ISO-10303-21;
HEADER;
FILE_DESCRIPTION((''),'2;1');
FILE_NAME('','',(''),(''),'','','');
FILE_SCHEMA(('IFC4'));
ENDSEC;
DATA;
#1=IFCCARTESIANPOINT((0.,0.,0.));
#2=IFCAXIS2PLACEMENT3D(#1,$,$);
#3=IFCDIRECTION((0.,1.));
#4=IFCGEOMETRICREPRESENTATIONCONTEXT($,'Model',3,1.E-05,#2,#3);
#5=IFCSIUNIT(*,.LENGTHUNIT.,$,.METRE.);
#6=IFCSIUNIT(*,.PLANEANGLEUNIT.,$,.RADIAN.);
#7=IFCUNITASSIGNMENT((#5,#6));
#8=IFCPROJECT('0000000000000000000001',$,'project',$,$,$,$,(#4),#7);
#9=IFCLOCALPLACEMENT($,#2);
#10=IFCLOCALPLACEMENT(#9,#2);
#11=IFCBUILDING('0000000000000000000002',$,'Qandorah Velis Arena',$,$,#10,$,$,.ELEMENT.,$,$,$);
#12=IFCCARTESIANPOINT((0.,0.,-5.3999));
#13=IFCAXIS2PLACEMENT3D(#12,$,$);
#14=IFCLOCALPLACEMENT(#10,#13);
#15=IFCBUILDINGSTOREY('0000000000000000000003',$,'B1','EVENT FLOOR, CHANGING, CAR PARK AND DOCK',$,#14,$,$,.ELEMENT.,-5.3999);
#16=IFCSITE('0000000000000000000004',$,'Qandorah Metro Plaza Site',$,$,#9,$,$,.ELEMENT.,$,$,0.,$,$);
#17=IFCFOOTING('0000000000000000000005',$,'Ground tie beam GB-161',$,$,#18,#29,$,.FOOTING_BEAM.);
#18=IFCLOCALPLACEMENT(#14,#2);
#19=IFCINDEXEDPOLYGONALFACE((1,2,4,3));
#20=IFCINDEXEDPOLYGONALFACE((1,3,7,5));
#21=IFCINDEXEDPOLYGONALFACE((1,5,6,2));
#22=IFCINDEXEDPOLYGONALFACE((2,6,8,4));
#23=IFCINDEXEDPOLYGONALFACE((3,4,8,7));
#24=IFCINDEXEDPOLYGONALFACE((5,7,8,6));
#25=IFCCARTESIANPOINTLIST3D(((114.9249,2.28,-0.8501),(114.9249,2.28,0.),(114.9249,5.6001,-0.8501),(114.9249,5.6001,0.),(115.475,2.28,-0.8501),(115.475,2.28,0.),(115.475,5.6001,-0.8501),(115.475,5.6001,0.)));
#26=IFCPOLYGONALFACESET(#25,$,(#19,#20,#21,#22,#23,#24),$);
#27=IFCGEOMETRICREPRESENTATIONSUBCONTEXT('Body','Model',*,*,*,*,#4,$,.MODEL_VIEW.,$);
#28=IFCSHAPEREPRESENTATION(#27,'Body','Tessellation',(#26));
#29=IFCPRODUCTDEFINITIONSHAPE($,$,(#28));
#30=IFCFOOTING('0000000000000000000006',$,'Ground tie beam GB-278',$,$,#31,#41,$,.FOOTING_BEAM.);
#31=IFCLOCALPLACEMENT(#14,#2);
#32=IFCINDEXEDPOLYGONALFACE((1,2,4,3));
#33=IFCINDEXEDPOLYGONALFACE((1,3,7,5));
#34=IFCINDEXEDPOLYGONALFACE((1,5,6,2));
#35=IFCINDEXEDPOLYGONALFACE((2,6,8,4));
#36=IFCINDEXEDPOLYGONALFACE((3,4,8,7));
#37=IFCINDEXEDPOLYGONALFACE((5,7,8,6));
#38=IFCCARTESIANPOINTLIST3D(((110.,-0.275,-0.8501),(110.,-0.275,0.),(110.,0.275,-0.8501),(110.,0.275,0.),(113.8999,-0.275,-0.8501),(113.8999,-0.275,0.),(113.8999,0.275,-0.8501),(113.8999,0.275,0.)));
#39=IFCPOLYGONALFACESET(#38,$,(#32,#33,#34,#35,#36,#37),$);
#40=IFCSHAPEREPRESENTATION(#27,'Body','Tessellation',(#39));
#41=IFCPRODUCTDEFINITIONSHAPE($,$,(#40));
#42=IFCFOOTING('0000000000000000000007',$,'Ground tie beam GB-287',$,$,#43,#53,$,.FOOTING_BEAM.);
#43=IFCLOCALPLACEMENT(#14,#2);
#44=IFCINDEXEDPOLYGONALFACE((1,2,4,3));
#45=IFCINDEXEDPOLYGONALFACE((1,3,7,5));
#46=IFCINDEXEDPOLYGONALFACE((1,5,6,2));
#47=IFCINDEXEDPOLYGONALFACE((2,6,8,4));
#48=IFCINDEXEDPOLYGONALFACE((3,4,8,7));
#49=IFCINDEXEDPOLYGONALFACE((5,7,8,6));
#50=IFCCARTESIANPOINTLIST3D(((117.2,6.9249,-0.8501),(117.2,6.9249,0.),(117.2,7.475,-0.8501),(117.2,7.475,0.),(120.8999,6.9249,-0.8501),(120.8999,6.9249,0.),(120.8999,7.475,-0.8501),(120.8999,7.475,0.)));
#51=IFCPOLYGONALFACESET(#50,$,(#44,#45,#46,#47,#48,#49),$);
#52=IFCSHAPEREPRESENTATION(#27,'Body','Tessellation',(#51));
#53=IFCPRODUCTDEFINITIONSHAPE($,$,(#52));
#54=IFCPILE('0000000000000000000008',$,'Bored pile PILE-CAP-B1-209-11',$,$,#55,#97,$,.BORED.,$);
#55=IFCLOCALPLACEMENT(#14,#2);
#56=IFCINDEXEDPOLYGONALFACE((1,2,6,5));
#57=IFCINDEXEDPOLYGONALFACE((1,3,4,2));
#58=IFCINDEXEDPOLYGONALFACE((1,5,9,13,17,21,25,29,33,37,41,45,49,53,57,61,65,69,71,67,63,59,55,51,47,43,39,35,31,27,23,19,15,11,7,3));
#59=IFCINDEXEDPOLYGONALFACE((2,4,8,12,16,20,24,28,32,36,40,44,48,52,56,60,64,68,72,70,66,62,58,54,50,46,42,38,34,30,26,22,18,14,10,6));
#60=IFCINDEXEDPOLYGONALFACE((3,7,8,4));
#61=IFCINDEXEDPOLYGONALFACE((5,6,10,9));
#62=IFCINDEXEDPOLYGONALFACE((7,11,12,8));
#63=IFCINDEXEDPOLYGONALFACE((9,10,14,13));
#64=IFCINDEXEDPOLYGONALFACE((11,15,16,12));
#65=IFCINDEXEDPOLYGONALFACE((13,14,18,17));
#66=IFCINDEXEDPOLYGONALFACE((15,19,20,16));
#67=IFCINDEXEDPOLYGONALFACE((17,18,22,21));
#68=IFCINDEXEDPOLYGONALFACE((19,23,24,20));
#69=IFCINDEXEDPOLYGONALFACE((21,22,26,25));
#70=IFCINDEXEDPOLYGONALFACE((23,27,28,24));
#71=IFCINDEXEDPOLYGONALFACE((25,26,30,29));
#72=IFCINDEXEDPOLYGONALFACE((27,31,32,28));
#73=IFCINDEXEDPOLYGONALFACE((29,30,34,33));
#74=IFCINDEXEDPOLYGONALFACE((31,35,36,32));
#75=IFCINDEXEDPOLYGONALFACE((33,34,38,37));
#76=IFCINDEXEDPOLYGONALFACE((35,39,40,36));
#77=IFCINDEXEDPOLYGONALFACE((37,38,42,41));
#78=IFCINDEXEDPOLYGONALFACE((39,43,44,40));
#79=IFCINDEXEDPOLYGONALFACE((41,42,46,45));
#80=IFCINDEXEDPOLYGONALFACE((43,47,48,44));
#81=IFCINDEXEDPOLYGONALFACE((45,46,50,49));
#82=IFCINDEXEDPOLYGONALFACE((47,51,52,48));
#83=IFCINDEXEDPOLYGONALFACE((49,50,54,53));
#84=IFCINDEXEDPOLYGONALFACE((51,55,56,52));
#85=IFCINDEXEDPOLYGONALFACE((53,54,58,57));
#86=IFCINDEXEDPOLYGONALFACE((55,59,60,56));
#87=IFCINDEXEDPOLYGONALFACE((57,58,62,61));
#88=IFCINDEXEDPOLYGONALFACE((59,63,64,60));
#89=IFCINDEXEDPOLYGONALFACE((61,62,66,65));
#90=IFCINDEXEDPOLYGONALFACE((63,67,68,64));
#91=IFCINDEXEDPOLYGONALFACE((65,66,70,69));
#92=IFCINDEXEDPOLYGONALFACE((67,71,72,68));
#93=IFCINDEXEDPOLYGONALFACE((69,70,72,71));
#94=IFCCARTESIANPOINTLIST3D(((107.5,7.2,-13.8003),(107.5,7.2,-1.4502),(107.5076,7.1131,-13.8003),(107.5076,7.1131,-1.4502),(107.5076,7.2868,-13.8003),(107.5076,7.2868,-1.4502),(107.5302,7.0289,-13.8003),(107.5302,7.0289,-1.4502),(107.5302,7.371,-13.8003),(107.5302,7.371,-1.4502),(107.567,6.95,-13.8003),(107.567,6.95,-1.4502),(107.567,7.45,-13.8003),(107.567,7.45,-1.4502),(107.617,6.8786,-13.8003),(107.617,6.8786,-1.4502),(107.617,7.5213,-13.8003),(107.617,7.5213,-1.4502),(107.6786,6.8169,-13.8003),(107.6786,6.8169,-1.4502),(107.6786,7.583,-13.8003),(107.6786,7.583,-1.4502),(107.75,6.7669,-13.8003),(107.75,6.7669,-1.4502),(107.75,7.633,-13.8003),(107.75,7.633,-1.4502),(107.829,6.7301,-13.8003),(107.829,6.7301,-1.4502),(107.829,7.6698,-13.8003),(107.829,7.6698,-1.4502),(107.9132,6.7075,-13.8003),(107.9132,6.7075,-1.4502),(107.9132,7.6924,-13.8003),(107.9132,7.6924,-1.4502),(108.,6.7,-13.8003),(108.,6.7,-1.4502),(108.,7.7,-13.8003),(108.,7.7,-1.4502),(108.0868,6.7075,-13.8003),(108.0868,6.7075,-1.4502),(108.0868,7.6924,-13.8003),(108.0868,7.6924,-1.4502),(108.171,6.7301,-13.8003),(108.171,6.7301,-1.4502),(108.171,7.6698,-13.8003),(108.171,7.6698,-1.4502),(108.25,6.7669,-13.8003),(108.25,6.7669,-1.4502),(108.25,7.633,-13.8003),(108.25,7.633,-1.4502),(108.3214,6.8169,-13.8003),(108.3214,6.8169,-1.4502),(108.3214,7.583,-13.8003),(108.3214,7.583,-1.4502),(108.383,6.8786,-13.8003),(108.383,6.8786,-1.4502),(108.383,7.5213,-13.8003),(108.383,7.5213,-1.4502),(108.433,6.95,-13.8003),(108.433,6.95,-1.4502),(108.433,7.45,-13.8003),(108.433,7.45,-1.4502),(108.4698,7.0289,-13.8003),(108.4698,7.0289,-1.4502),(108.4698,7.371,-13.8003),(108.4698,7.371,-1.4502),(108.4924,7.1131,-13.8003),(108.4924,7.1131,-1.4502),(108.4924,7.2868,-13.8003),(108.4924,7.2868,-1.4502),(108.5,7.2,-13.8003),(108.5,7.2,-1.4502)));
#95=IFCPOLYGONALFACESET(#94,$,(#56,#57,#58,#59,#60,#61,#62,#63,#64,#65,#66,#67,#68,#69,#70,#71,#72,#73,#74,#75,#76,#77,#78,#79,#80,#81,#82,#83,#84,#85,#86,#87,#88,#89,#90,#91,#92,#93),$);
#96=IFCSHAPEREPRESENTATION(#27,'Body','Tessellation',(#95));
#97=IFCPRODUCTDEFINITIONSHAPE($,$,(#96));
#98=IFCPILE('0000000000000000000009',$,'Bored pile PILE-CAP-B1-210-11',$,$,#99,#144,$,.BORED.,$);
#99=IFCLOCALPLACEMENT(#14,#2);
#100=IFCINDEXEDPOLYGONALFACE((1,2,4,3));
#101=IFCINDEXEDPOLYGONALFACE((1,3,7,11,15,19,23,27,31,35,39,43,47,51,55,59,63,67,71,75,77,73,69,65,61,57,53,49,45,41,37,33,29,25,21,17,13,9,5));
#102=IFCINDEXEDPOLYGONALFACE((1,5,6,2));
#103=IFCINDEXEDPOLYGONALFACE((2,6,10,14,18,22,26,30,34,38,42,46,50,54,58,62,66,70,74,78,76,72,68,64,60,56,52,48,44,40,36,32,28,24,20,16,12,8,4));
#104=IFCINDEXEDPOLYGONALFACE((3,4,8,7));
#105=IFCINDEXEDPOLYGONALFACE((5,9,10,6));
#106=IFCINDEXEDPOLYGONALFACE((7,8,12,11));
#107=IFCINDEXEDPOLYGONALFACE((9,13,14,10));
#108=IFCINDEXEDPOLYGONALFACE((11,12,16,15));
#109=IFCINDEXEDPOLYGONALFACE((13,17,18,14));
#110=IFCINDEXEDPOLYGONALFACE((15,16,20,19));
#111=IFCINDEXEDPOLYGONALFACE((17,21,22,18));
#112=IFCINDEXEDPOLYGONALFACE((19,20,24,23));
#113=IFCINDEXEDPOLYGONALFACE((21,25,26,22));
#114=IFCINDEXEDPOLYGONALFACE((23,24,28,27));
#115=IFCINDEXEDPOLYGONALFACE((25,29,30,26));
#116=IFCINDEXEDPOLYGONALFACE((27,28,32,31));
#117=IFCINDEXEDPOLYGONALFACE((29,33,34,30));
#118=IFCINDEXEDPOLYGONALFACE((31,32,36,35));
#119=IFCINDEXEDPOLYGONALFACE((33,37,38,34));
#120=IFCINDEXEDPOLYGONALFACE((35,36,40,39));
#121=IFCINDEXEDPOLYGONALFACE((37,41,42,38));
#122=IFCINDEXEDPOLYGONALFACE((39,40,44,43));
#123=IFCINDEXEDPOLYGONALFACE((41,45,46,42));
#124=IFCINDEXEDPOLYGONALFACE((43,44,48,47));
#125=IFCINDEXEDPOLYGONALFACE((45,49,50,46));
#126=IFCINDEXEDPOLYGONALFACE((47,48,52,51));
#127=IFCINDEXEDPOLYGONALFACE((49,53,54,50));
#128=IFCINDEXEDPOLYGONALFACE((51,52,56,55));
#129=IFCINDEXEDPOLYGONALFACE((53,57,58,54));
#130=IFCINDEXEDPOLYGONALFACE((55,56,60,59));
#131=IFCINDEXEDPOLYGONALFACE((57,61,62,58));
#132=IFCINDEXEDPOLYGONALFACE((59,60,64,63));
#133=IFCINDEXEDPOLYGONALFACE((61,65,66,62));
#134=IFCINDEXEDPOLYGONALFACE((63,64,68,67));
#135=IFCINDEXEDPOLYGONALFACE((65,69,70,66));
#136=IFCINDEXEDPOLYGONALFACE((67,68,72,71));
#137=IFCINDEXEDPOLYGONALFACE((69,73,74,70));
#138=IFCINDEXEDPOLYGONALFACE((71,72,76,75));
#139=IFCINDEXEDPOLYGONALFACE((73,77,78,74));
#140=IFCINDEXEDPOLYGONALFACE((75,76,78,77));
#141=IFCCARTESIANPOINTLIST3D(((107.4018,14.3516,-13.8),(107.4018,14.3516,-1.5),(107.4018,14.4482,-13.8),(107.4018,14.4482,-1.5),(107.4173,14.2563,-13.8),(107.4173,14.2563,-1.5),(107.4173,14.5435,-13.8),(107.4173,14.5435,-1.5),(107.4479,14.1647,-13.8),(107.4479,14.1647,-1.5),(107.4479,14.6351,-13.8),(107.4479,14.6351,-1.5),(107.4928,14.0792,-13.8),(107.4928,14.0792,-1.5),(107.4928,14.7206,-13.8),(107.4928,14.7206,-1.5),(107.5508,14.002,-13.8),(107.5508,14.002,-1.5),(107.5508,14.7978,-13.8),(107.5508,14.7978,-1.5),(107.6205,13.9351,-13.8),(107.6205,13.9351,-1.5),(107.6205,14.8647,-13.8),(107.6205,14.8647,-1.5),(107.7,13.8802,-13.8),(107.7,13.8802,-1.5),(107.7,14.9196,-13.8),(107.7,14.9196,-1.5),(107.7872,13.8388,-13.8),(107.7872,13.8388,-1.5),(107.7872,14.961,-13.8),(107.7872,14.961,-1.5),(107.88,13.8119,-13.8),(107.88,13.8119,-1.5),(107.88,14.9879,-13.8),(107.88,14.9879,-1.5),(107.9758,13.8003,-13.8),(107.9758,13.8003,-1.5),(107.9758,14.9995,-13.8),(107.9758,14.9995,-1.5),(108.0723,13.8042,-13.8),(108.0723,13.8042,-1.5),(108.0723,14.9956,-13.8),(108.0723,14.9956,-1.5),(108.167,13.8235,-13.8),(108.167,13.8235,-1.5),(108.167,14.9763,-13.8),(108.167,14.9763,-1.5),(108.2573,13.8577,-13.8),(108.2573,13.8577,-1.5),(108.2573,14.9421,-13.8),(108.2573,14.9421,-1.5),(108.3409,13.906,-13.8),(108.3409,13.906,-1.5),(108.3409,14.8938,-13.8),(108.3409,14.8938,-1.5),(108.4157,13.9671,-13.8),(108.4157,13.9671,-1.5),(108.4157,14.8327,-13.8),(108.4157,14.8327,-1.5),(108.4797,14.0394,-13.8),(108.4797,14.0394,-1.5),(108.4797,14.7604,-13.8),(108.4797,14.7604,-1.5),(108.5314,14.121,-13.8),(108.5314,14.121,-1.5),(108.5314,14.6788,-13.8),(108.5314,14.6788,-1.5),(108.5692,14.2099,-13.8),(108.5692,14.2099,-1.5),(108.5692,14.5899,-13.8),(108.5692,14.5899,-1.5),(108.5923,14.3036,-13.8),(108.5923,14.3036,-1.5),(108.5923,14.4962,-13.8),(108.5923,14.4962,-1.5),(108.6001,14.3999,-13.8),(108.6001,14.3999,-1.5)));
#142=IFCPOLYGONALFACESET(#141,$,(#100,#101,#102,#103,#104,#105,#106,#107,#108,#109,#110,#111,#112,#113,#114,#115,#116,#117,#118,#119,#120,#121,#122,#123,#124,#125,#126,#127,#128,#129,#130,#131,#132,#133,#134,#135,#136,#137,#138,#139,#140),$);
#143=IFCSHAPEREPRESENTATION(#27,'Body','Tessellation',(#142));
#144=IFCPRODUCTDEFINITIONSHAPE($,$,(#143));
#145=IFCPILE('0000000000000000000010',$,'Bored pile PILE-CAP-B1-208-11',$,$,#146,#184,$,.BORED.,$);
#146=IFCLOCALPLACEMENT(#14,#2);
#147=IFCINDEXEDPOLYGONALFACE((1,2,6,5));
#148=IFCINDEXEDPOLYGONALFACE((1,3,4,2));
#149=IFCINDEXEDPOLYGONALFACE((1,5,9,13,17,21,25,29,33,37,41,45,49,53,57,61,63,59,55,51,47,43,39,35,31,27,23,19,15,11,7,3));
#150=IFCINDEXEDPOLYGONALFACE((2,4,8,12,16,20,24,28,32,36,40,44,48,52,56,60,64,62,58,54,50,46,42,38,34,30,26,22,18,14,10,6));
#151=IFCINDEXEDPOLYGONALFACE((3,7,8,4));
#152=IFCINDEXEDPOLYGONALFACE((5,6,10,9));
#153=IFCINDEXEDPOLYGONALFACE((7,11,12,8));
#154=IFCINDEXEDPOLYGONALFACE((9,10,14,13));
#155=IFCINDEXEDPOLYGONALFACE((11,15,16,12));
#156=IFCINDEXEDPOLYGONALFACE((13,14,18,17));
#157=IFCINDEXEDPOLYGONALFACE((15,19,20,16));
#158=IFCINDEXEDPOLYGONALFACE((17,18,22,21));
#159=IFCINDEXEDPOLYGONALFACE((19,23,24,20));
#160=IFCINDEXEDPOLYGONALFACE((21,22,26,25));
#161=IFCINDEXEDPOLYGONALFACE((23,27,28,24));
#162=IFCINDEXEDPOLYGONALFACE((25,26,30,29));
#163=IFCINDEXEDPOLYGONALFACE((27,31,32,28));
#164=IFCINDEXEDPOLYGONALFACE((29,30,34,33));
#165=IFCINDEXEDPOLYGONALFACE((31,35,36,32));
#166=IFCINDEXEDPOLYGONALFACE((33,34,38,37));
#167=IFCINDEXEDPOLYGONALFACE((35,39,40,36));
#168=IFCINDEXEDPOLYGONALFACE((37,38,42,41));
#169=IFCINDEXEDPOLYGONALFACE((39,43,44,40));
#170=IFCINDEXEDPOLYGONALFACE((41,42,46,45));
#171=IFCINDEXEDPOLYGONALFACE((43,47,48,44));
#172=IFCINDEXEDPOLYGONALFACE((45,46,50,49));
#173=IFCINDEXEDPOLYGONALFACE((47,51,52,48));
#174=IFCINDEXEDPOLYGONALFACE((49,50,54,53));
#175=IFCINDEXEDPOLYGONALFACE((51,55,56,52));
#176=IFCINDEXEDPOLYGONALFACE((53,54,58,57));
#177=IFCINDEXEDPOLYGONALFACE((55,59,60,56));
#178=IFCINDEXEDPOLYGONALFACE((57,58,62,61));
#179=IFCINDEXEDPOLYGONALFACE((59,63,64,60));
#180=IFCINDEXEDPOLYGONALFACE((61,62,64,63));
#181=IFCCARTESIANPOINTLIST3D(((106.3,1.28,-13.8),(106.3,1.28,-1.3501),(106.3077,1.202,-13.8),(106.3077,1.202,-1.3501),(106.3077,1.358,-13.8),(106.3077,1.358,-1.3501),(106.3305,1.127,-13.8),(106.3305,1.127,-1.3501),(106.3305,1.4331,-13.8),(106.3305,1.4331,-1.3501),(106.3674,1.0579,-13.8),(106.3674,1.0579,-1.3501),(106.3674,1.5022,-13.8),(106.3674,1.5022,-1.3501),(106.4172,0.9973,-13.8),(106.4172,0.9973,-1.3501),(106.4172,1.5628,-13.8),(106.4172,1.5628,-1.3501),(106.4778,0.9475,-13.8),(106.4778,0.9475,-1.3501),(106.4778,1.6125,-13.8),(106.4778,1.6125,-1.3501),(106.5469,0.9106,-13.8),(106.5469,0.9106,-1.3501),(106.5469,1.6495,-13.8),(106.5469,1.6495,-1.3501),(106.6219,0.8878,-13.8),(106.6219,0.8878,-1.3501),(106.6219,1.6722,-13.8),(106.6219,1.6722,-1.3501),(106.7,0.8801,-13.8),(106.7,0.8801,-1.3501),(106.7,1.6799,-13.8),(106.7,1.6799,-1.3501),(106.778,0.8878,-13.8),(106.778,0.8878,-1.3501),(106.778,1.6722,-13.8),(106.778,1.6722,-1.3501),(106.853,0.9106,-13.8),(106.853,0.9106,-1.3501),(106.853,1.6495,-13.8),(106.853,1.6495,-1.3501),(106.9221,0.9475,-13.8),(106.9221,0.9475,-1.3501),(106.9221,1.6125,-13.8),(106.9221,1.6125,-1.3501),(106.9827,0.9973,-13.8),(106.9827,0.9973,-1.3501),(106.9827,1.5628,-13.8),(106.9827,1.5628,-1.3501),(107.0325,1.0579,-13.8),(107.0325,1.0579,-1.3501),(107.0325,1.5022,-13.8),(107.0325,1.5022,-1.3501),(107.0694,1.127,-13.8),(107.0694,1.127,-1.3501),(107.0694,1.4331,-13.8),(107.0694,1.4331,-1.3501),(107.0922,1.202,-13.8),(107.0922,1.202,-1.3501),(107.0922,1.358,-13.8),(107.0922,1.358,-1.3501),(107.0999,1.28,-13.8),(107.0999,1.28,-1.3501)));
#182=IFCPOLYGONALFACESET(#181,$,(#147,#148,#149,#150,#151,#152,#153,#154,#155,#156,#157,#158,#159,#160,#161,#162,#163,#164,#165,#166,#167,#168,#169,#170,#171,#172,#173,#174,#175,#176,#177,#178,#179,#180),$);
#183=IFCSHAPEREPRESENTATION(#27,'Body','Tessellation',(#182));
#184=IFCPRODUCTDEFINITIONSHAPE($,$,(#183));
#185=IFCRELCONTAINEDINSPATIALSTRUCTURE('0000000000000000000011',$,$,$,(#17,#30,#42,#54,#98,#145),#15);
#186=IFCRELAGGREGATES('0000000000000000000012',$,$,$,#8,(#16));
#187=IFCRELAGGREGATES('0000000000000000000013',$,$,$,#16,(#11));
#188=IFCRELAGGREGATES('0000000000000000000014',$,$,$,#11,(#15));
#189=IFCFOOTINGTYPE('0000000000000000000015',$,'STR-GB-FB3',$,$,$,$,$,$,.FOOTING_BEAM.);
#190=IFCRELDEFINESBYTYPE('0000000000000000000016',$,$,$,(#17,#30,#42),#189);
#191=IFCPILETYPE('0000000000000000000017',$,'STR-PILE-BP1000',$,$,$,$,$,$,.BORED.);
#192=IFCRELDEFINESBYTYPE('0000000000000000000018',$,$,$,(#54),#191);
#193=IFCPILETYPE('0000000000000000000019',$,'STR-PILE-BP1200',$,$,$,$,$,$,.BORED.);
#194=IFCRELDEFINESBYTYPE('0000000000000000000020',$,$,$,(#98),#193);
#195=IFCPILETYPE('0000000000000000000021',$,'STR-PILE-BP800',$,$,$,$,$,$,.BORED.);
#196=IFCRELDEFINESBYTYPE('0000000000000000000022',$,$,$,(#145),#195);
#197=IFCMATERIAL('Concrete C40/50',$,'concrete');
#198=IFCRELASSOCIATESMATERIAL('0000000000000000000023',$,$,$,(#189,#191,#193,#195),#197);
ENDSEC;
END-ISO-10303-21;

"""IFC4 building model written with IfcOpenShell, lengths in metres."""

from ifc_helpers import new_model, si_unit, direction, frame, origin, origin_2d, place, context, subcontext, project, spatial, rectangle, circle, extrude, material, material_profile, profile_set, type_object, element, save


model = new_model("IFC4")

# Units and contexts
model_context = context("Model", 3, precision=1e-05, world=origin(), true_north=direction((0.0, 1.0)))
body_context = subcontext(model_context, "Body", "Model", "MODEL_VIEW")
ifc_project = project(units=[si_unit("LENGTHUNIT", "METRE"), si_unit("PLANEANGLEUNIT", "RADIAN")], contexts=[model_context])

# Site, building, storey
site_placement = place(None, origin())
site = spatial("IfcSite", under=ifc_project, at=site_placement, Name="Qandorah Metro Plaza Site", CompositionType="ELEMENT", RefElevation=0.0)
building_placement = place(site_placement, origin())
building = spatial("IfcBuilding", under=site, at=building_placement, Name="Qandorah Velis Arena", CompositionType="ELEMENT")
storey_placement = place(building_placement, frame((0.0, 0.0, -5.3999)))
storey = spatial("IfcBuildingStorey", under=building, at=storey_placement, Name="B1", Description="EVENT FLOOR, CHANGING, CAR PARK AND DOCK", CompositionType="ELEMENT", Elevation=-5.3999)

# Footings
ifc_material_1 = material(Name="Concrete C40/50", Category="concrete")
ifc_material_profile_1 = material_profile(ifc_material_1, rectangle(XDim=0.55, YDim=0.8501, at=origin_2d()), Name="GB3 550x850")
ifc_profile_set_1 = profile_set([ifc_material_profile_1], Name="Concrete C40/50")
footing_type_1 = type_object("IfcFootingType", Name="STR-GB-FB3", PredefinedType="FOOTING_BEAM", material=ifc_profile_set_1)
footing_1_placement = place(storey_placement, frame((115.2, 2.28, -0.425), z_axis=(0.0, 1.0, 0.0), x_axis=(-1.0, 0.0, 0.0)))
element("IfcFooting", 1, at=footing_1_placement, inside=storey, type_object=footing_type_1, Name="Ground tie beam GB-161", PredefinedType="FOOTING_BEAM", context=body_context, shape_type="SweptSolid", body=[
    extrude(rectangle(XDim=0.55, YDim=0.8501, at=origin_2d()), origin(), (0.0, 0.0, 1.0), 3.3201),
])
footing_2_placement = place(storey_placement, frame((110.0, 0.0, -0.425), z_axis=(1.0, 0.0, 0.0), x_axis=(0.0, 1.0, 0.0)))
element("IfcFooting", 2, at=footing_2_placement, inside=storey, type_object=footing_type_1, Name="Ground tie beam GB-278", PredefinedType="FOOTING_BEAM", context=body_context, shape_type="SweptSolid", body=[
    extrude(rectangle(XDim=0.55, YDim=0.8501, at=origin_2d()), origin(), (0.0, 0.0, 1.0), 3.8999),
])
footing_3_placement = place(storey_placement, frame((117.2, 7.2, -0.425), z_axis=(1.0, 0.0, 0.0), x_axis=(0.0, 1.0, 0.0)))
element("IfcFooting", 3, at=footing_3_placement, inside=storey, type_object=footing_type_1, Name="Ground tie beam GB-287", PredefinedType="FOOTING_BEAM", context=body_context, shape_type="SweptSolid", body=[
    extrude(rectangle(XDim=0.55, YDim=0.8501, at=origin_2d()), origin(), (0.0, 0.0, 1.0), 3.7),
])

# Piles
ifc_material_profile_2 = material_profile(ifc_material_1, circle(Radius=0.5, at=origin_2d()), Name="BORED PILE D1000")
ifc_profile_set_2 = profile_set([ifc_material_profile_2], Name="Concrete C40/50")
pile_type_1 = type_object("IfcPileType", Name="STR-PILE-BP1000", PredefinedType="BORED", material=ifc_profile_set_2)
pile_1_placement = place(storey_placement, frame((108.0, 7.2, -1.4502), z_axis=(0.0, 0.0, -1.0), x_axis=(1.0, 0.0, 0.0)))
element("IfcPile", 4, at=pile_1_placement, inside=storey, type_object=pile_type_1, Name="Bored pile PILE-CAP-B1-209-11", PredefinedType="BORED", context=body_context, shape_type="SweptSolid", body=[
    extrude(circle(Radius=0.5, at=origin_2d()), origin(), (0.0, 0.0, 1.0), 12.3501),
])
ifc_material_profile_3 = material_profile(ifc_material_1, circle(Radius=0.6001, at=origin_2d()), Name="BORED PILE D1200")
ifc_profile_set_3 = profile_set([ifc_material_profile_3], Name="Concrete C40/50")
pile_type_2 = type_object("IfcPileType", Name="STR-PILE-BP1200", PredefinedType="BORED", material=ifc_profile_set_3)
pile_2_placement = place(storey_placement, frame((108.0, 14.3999, -1.5), z_axis=(0.0, 0.0, -1.0), x_axis=(1.0, 0.0, 0.0)))
element("IfcPile", 5, at=pile_2_placement, inside=storey, type_object=pile_type_2, Name="Bored pile PILE-CAP-B1-210-11", PredefinedType="BORED", context=body_context, shape_type="SweptSolid", body=[
    extrude(circle(Radius=0.6001, at=origin_2d()), origin(), (0.0, 0.0, 1.0), 12.3),
])
ifc_material_profile_4 = material_profile(ifc_material_1, circle(Radius=0.3999, at=origin_2d()), Name="BORED PILE D800")
ifc_profile_set_4 = profile_set([ifc_material_profile_4], Name="Concrete C40/50")
pile_type_3 = type_object("IfcPileType", Name="STR-PILE-BP800", PredefinedType="BORED", material=ifc_profile_set_4)
for number, where, z_axis, x_axis, name in (
    (6, (106.7, 1.28, -1.3501), (0.0, 0.0, -1.0), (1.0, 0.0, 0.0), "Bored pile PILE-CAP-B1-208-11"),
):
    element("IfcPile", number, at=place(storey_placement, frame(where, z_axis=z_axis, x_axis=x_axis)), inside=storey, type_object=pile_type_3, Name=name, PredefinedType="BORED", context=body_context, shape_type="SweptSolid", body=[
        extrude(circle(Radius=0.3999, at=origin_2d()), origin(), (0.0, 0.0, 1.0), 12.45),
    ])

save(model, "model.ifc")
